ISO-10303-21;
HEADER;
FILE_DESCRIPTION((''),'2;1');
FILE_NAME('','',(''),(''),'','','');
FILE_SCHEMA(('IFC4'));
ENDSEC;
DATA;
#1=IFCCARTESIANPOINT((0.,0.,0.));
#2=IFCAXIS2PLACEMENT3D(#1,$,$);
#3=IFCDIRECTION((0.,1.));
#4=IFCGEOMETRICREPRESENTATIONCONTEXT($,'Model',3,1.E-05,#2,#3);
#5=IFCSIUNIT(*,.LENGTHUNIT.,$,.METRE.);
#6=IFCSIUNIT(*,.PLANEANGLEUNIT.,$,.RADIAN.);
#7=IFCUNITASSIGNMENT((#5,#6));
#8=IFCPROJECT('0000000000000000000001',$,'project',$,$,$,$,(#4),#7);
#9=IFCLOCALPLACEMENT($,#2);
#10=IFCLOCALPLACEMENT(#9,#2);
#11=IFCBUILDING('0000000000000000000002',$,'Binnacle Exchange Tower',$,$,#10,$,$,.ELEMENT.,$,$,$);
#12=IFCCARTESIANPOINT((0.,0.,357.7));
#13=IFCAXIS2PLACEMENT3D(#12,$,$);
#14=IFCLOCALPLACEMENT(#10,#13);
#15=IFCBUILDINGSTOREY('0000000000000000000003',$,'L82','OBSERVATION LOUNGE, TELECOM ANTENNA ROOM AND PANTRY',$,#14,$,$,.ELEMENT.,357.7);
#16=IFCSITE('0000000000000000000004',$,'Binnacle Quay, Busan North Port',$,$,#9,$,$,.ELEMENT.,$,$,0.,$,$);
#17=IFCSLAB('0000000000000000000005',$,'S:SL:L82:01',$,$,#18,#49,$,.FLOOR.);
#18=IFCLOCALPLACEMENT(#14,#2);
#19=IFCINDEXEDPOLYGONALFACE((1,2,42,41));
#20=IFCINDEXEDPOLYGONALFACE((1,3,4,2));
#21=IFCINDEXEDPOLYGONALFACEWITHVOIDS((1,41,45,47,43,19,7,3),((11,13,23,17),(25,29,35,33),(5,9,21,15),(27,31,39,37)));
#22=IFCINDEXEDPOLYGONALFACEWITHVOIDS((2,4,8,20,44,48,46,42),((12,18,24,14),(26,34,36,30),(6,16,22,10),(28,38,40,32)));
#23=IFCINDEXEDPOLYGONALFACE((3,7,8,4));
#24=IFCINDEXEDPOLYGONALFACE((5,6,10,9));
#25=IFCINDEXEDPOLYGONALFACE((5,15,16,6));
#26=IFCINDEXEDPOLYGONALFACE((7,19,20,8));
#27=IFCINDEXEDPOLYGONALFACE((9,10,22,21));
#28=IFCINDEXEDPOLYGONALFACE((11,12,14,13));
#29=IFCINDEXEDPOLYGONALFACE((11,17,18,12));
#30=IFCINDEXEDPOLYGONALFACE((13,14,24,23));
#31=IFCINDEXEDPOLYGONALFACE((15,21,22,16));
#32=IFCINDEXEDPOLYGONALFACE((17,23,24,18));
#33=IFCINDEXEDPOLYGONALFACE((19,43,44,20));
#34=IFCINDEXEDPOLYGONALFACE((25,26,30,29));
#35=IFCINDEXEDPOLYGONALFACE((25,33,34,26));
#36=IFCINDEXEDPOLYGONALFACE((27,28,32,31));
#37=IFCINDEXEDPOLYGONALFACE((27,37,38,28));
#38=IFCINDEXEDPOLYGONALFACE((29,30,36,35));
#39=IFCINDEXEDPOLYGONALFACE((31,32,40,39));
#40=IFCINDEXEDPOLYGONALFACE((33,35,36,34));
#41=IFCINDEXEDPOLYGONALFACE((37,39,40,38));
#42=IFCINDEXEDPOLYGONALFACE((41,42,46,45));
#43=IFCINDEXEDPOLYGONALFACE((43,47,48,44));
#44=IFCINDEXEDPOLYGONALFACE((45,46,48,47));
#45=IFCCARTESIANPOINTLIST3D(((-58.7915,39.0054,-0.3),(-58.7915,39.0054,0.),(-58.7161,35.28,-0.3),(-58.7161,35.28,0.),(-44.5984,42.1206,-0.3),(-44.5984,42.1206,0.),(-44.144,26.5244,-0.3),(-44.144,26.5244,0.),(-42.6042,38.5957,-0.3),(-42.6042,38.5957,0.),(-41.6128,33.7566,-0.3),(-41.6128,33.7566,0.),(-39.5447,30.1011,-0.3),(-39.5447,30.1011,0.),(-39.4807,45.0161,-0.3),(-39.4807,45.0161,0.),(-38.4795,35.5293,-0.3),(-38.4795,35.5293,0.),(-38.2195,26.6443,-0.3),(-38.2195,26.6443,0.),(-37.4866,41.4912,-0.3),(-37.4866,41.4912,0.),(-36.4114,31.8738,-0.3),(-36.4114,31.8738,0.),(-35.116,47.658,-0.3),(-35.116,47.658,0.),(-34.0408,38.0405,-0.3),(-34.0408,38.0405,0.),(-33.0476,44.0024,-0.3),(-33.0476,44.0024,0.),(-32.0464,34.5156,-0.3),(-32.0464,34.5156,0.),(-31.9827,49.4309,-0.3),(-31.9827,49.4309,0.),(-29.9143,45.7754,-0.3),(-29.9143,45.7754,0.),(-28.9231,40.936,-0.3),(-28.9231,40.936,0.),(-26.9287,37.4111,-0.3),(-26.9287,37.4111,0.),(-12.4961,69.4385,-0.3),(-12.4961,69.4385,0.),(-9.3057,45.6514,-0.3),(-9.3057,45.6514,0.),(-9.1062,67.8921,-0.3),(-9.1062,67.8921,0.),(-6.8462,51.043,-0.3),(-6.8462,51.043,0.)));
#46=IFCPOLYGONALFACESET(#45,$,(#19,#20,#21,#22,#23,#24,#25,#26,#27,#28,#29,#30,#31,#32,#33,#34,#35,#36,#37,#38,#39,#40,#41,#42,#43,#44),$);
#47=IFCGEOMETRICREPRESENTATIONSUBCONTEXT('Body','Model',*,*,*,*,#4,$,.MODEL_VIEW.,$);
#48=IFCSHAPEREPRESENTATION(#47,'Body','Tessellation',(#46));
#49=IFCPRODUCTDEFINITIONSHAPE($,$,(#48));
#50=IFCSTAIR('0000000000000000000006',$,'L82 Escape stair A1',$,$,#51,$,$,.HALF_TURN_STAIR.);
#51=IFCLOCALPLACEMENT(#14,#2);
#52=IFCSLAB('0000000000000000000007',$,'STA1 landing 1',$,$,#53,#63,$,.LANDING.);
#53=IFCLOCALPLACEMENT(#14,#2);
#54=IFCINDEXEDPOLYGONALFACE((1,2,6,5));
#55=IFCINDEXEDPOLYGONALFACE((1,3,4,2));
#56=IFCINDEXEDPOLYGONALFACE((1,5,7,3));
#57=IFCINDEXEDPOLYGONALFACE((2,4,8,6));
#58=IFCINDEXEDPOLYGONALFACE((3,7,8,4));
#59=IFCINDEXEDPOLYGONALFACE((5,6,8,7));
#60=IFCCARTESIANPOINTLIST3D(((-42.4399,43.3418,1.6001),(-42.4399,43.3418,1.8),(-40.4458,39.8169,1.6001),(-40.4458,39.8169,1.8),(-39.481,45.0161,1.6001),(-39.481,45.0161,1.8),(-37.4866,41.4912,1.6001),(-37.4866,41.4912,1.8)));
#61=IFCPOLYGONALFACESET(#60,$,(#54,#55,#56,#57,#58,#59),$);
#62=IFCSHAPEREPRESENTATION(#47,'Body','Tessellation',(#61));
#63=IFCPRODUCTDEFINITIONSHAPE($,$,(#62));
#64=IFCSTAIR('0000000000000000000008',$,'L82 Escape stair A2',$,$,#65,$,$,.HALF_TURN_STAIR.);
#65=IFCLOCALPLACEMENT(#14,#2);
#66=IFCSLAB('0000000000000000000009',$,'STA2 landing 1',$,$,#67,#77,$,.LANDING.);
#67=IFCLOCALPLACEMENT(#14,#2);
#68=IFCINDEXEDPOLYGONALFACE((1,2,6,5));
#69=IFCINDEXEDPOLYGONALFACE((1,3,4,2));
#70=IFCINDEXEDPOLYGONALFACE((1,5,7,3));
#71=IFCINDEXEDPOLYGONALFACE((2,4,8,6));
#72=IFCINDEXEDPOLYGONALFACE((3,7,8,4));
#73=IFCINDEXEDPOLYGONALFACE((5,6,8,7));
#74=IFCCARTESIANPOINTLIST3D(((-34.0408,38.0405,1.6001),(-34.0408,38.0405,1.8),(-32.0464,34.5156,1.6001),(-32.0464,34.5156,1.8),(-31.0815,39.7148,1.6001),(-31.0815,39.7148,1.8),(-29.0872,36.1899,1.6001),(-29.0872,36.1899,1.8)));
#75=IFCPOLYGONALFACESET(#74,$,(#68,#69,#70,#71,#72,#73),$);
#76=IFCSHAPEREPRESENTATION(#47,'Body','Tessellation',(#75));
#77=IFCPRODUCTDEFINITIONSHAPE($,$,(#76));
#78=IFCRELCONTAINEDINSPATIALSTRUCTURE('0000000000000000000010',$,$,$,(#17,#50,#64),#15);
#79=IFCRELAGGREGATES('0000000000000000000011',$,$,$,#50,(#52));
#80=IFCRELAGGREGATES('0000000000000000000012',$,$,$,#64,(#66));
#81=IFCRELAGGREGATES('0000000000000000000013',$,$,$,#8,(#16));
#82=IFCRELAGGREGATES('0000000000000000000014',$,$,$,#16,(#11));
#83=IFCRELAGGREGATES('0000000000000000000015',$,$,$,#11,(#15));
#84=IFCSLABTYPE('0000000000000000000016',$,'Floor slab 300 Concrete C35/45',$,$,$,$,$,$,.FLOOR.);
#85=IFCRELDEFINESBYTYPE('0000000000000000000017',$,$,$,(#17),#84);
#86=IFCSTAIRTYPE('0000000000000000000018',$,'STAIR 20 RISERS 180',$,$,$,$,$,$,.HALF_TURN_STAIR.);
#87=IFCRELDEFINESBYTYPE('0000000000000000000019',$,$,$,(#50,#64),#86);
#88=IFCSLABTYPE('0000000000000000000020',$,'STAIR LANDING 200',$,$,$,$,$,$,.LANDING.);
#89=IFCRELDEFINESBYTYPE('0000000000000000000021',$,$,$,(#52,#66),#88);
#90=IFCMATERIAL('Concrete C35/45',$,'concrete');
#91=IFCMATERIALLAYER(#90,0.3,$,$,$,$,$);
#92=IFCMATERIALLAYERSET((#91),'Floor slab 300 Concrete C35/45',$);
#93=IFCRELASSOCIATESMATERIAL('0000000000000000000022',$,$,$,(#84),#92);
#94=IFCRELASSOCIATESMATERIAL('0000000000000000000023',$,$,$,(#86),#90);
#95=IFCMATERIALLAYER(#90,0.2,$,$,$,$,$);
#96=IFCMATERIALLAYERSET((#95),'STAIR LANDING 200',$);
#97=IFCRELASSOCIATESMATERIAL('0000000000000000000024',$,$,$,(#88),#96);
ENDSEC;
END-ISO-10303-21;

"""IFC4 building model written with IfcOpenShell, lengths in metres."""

from ifc_helpers import new_model, si_unit, direction, frame, origin, place, context, subcontext, project, spatial, polyline, outline, extrude, material, layer, layer_set, type_object, element, aggregate, save


model = new_model("IFC4")

# Units and contexts
model_context = context("Model", 3, precision=1e-05, world=origin(), true_north=direction((0.0, 1.0)))
body_context = subcontext(model_context, "Body", "Model", "MODEL_VIEW")
ifc_project = project(units=[si_unit("LENGTHUNIT", "METRE"), si_unit("PLANEANGLEUNIT", "RADIAN")], contexts=[model_context])

# Site, building, storey
site_placement = place(None, origin())
site = spatial("IfcSite", under=ifc_project, at=site_placement, Name="Binnacle Quay, Busan North Port", CompositionType="ELEMENT", RefElevation=0.0)
building_placement = place(site_placement, origin())
building = spatial("IfcBuilding", under=site, at=building_placement, Name="Binnacle Exchange Tower", CompositionType="ELEMENT")
storey_placement = place(building_placement, frame((0.0, 0.0, 357.7)))
storey = spatial("IfcBuildingStorey", under=building, at=storey_placement, Name="L82", Description="OBSERVATION LOUNGE, TELECOM ANTENNA ROOM AND PANTRY", CompositionType="ELEMENT", Elevation=357.7)

# Slab
ifc_material_1 = material(Name="Concrete C35/45", Category="concrete")
ifc_layer_1 = layer(ifc_material_1, 0.3)
ifc_layer_set_1 = layer_set([ifc_layer_1], Name="Floor slab 300 Concrete C35/45")
slab_type_1 = type_object("IfcSlabType", Name="Floor slab 300 Concrete C35/45", PredefinedType="FLOOR", material=ifc_layer_set_1)
slab_1_placement = place(storey_placement, frame((0.0, 0.0, -0.3)))
element("IfcSlab", 1, at=slab_1_placement, inside=storey, type_object=slab_type_1, Name="S:SL:L82:01", PredefinedType="FLOOR", context=body_context, shape_type="SweptSolid", body=[
    extrude(outline(polyline([(-38.2195, 26.6443), (-44.144, 26.5244), (-58.7161, 35.28), (-58.7915, 39.0054), (-12.4961, 69.4385), (-9.1062, 67.8921), (-6.8462, 51.043), (-9.3057, 45.6514), (-38.2195, 26.6443)]), holes=[polyline([(-41.6128, 33.7566), (-39.5447, 30.1011), (-36.4114, 31.8738), (-38.4795, 35.5293), (-41.6128, 33.7566)]), polyline([(-26.9287, 37.4111), (-28.9231, 40.936), (-34.0408, 38.0405), (-32.0464, 34.5156), (-26.9287, 37.4111)]), polyline([(-44.5984, 42.1206), (-42.6042, 38.5957), (-37.4866, 41.4912), (-39.4807, 45.0161), (-44.5984, 42.1206)]), polyline([(-35.116, 47.658), (-33.0476, 44.0024), (-29.9143, 45.7754), (-31.9827, 49.4309), (-35.116, 47.658)])]), origin(), (0.0, 0.0, 1.0), 0.3),
])

# Stairs, slabs
stair_type = type_object("IfcStairType", Name="STAIR 20 RISERS 180", PredefinedType="HALF_TURN_STAIR", material=ifc_material_1)
stair_1_placement = place(storey_placement, origin())
stair_1 = element("IfcStair", 2, at=stair_1_placement, inside=storey, type_object=stair_type, Name="L82 Escape stair A1", PredefinedType="HALF_TURN_STAIR")
ifc_layer_2 = layer(ifc_material_1, 0.2)
ifc_layer_set_2 = layer_set([ifc_layer_2], Name="STAIR LANDING 200")
slab_type_2 = type_object("IfcSlabType", Name="STAIR LANDING 200", PredefinedType="LANDING", material=ifc_layer_set_2)
slab_2_placement = place(storey_placement, frame((0.0, 0.0, 1.6001)))
slab_2 = element("IfcSlab", 3, at=slab_2_placement, type_object=slab_type_2, Name="STA1 landing 1", PredefinedType="LANDING", context=body_context, shape_type="SweptSolid", body=[
    extrude(outline(polyline([(-40.4458, 39.8169), (-37.4866, 41.4912), (-39.481, 45.0161), (-42.4399, 43.3418), (-40.4458, 39.8169)])), origin(), (0.0, 0.0, 1.0), 0.2),
])
aggregate(stair_1, [slab_2])
stair_2_placement = place(storey_placement, origin())
stair_2 = element("IfcStair", 4, at=stair_2_placement, inside=storey, type_object=stair_type, Name="L82 Escape stair A2", PredefinedType="HALF_TURN_STAIR")
slab_3_placement = place(storey_placement, frame((0.0, 0.0, 1.6001)))
slab_3 = element("IfcSlab", 5, at=slab_3_placement, type_object=slab_type_2, Name="STA2 landing 1", PredefinedType="LANDING", context=body_context, shape_type="SweptSolid", body=[
    extrude(outline(polyline([(-31.0815, 39.7148), (-34.0408, 38.0405), (-32.0464, 34.5156), (-29.0872, 36.1899), (-31.0815, 39.7148)])), origin(), (0.0, 0.0, 1.0), 0.2),
])
aggregate(stair_2, [slab_3])

save(model, "model.ifc")
